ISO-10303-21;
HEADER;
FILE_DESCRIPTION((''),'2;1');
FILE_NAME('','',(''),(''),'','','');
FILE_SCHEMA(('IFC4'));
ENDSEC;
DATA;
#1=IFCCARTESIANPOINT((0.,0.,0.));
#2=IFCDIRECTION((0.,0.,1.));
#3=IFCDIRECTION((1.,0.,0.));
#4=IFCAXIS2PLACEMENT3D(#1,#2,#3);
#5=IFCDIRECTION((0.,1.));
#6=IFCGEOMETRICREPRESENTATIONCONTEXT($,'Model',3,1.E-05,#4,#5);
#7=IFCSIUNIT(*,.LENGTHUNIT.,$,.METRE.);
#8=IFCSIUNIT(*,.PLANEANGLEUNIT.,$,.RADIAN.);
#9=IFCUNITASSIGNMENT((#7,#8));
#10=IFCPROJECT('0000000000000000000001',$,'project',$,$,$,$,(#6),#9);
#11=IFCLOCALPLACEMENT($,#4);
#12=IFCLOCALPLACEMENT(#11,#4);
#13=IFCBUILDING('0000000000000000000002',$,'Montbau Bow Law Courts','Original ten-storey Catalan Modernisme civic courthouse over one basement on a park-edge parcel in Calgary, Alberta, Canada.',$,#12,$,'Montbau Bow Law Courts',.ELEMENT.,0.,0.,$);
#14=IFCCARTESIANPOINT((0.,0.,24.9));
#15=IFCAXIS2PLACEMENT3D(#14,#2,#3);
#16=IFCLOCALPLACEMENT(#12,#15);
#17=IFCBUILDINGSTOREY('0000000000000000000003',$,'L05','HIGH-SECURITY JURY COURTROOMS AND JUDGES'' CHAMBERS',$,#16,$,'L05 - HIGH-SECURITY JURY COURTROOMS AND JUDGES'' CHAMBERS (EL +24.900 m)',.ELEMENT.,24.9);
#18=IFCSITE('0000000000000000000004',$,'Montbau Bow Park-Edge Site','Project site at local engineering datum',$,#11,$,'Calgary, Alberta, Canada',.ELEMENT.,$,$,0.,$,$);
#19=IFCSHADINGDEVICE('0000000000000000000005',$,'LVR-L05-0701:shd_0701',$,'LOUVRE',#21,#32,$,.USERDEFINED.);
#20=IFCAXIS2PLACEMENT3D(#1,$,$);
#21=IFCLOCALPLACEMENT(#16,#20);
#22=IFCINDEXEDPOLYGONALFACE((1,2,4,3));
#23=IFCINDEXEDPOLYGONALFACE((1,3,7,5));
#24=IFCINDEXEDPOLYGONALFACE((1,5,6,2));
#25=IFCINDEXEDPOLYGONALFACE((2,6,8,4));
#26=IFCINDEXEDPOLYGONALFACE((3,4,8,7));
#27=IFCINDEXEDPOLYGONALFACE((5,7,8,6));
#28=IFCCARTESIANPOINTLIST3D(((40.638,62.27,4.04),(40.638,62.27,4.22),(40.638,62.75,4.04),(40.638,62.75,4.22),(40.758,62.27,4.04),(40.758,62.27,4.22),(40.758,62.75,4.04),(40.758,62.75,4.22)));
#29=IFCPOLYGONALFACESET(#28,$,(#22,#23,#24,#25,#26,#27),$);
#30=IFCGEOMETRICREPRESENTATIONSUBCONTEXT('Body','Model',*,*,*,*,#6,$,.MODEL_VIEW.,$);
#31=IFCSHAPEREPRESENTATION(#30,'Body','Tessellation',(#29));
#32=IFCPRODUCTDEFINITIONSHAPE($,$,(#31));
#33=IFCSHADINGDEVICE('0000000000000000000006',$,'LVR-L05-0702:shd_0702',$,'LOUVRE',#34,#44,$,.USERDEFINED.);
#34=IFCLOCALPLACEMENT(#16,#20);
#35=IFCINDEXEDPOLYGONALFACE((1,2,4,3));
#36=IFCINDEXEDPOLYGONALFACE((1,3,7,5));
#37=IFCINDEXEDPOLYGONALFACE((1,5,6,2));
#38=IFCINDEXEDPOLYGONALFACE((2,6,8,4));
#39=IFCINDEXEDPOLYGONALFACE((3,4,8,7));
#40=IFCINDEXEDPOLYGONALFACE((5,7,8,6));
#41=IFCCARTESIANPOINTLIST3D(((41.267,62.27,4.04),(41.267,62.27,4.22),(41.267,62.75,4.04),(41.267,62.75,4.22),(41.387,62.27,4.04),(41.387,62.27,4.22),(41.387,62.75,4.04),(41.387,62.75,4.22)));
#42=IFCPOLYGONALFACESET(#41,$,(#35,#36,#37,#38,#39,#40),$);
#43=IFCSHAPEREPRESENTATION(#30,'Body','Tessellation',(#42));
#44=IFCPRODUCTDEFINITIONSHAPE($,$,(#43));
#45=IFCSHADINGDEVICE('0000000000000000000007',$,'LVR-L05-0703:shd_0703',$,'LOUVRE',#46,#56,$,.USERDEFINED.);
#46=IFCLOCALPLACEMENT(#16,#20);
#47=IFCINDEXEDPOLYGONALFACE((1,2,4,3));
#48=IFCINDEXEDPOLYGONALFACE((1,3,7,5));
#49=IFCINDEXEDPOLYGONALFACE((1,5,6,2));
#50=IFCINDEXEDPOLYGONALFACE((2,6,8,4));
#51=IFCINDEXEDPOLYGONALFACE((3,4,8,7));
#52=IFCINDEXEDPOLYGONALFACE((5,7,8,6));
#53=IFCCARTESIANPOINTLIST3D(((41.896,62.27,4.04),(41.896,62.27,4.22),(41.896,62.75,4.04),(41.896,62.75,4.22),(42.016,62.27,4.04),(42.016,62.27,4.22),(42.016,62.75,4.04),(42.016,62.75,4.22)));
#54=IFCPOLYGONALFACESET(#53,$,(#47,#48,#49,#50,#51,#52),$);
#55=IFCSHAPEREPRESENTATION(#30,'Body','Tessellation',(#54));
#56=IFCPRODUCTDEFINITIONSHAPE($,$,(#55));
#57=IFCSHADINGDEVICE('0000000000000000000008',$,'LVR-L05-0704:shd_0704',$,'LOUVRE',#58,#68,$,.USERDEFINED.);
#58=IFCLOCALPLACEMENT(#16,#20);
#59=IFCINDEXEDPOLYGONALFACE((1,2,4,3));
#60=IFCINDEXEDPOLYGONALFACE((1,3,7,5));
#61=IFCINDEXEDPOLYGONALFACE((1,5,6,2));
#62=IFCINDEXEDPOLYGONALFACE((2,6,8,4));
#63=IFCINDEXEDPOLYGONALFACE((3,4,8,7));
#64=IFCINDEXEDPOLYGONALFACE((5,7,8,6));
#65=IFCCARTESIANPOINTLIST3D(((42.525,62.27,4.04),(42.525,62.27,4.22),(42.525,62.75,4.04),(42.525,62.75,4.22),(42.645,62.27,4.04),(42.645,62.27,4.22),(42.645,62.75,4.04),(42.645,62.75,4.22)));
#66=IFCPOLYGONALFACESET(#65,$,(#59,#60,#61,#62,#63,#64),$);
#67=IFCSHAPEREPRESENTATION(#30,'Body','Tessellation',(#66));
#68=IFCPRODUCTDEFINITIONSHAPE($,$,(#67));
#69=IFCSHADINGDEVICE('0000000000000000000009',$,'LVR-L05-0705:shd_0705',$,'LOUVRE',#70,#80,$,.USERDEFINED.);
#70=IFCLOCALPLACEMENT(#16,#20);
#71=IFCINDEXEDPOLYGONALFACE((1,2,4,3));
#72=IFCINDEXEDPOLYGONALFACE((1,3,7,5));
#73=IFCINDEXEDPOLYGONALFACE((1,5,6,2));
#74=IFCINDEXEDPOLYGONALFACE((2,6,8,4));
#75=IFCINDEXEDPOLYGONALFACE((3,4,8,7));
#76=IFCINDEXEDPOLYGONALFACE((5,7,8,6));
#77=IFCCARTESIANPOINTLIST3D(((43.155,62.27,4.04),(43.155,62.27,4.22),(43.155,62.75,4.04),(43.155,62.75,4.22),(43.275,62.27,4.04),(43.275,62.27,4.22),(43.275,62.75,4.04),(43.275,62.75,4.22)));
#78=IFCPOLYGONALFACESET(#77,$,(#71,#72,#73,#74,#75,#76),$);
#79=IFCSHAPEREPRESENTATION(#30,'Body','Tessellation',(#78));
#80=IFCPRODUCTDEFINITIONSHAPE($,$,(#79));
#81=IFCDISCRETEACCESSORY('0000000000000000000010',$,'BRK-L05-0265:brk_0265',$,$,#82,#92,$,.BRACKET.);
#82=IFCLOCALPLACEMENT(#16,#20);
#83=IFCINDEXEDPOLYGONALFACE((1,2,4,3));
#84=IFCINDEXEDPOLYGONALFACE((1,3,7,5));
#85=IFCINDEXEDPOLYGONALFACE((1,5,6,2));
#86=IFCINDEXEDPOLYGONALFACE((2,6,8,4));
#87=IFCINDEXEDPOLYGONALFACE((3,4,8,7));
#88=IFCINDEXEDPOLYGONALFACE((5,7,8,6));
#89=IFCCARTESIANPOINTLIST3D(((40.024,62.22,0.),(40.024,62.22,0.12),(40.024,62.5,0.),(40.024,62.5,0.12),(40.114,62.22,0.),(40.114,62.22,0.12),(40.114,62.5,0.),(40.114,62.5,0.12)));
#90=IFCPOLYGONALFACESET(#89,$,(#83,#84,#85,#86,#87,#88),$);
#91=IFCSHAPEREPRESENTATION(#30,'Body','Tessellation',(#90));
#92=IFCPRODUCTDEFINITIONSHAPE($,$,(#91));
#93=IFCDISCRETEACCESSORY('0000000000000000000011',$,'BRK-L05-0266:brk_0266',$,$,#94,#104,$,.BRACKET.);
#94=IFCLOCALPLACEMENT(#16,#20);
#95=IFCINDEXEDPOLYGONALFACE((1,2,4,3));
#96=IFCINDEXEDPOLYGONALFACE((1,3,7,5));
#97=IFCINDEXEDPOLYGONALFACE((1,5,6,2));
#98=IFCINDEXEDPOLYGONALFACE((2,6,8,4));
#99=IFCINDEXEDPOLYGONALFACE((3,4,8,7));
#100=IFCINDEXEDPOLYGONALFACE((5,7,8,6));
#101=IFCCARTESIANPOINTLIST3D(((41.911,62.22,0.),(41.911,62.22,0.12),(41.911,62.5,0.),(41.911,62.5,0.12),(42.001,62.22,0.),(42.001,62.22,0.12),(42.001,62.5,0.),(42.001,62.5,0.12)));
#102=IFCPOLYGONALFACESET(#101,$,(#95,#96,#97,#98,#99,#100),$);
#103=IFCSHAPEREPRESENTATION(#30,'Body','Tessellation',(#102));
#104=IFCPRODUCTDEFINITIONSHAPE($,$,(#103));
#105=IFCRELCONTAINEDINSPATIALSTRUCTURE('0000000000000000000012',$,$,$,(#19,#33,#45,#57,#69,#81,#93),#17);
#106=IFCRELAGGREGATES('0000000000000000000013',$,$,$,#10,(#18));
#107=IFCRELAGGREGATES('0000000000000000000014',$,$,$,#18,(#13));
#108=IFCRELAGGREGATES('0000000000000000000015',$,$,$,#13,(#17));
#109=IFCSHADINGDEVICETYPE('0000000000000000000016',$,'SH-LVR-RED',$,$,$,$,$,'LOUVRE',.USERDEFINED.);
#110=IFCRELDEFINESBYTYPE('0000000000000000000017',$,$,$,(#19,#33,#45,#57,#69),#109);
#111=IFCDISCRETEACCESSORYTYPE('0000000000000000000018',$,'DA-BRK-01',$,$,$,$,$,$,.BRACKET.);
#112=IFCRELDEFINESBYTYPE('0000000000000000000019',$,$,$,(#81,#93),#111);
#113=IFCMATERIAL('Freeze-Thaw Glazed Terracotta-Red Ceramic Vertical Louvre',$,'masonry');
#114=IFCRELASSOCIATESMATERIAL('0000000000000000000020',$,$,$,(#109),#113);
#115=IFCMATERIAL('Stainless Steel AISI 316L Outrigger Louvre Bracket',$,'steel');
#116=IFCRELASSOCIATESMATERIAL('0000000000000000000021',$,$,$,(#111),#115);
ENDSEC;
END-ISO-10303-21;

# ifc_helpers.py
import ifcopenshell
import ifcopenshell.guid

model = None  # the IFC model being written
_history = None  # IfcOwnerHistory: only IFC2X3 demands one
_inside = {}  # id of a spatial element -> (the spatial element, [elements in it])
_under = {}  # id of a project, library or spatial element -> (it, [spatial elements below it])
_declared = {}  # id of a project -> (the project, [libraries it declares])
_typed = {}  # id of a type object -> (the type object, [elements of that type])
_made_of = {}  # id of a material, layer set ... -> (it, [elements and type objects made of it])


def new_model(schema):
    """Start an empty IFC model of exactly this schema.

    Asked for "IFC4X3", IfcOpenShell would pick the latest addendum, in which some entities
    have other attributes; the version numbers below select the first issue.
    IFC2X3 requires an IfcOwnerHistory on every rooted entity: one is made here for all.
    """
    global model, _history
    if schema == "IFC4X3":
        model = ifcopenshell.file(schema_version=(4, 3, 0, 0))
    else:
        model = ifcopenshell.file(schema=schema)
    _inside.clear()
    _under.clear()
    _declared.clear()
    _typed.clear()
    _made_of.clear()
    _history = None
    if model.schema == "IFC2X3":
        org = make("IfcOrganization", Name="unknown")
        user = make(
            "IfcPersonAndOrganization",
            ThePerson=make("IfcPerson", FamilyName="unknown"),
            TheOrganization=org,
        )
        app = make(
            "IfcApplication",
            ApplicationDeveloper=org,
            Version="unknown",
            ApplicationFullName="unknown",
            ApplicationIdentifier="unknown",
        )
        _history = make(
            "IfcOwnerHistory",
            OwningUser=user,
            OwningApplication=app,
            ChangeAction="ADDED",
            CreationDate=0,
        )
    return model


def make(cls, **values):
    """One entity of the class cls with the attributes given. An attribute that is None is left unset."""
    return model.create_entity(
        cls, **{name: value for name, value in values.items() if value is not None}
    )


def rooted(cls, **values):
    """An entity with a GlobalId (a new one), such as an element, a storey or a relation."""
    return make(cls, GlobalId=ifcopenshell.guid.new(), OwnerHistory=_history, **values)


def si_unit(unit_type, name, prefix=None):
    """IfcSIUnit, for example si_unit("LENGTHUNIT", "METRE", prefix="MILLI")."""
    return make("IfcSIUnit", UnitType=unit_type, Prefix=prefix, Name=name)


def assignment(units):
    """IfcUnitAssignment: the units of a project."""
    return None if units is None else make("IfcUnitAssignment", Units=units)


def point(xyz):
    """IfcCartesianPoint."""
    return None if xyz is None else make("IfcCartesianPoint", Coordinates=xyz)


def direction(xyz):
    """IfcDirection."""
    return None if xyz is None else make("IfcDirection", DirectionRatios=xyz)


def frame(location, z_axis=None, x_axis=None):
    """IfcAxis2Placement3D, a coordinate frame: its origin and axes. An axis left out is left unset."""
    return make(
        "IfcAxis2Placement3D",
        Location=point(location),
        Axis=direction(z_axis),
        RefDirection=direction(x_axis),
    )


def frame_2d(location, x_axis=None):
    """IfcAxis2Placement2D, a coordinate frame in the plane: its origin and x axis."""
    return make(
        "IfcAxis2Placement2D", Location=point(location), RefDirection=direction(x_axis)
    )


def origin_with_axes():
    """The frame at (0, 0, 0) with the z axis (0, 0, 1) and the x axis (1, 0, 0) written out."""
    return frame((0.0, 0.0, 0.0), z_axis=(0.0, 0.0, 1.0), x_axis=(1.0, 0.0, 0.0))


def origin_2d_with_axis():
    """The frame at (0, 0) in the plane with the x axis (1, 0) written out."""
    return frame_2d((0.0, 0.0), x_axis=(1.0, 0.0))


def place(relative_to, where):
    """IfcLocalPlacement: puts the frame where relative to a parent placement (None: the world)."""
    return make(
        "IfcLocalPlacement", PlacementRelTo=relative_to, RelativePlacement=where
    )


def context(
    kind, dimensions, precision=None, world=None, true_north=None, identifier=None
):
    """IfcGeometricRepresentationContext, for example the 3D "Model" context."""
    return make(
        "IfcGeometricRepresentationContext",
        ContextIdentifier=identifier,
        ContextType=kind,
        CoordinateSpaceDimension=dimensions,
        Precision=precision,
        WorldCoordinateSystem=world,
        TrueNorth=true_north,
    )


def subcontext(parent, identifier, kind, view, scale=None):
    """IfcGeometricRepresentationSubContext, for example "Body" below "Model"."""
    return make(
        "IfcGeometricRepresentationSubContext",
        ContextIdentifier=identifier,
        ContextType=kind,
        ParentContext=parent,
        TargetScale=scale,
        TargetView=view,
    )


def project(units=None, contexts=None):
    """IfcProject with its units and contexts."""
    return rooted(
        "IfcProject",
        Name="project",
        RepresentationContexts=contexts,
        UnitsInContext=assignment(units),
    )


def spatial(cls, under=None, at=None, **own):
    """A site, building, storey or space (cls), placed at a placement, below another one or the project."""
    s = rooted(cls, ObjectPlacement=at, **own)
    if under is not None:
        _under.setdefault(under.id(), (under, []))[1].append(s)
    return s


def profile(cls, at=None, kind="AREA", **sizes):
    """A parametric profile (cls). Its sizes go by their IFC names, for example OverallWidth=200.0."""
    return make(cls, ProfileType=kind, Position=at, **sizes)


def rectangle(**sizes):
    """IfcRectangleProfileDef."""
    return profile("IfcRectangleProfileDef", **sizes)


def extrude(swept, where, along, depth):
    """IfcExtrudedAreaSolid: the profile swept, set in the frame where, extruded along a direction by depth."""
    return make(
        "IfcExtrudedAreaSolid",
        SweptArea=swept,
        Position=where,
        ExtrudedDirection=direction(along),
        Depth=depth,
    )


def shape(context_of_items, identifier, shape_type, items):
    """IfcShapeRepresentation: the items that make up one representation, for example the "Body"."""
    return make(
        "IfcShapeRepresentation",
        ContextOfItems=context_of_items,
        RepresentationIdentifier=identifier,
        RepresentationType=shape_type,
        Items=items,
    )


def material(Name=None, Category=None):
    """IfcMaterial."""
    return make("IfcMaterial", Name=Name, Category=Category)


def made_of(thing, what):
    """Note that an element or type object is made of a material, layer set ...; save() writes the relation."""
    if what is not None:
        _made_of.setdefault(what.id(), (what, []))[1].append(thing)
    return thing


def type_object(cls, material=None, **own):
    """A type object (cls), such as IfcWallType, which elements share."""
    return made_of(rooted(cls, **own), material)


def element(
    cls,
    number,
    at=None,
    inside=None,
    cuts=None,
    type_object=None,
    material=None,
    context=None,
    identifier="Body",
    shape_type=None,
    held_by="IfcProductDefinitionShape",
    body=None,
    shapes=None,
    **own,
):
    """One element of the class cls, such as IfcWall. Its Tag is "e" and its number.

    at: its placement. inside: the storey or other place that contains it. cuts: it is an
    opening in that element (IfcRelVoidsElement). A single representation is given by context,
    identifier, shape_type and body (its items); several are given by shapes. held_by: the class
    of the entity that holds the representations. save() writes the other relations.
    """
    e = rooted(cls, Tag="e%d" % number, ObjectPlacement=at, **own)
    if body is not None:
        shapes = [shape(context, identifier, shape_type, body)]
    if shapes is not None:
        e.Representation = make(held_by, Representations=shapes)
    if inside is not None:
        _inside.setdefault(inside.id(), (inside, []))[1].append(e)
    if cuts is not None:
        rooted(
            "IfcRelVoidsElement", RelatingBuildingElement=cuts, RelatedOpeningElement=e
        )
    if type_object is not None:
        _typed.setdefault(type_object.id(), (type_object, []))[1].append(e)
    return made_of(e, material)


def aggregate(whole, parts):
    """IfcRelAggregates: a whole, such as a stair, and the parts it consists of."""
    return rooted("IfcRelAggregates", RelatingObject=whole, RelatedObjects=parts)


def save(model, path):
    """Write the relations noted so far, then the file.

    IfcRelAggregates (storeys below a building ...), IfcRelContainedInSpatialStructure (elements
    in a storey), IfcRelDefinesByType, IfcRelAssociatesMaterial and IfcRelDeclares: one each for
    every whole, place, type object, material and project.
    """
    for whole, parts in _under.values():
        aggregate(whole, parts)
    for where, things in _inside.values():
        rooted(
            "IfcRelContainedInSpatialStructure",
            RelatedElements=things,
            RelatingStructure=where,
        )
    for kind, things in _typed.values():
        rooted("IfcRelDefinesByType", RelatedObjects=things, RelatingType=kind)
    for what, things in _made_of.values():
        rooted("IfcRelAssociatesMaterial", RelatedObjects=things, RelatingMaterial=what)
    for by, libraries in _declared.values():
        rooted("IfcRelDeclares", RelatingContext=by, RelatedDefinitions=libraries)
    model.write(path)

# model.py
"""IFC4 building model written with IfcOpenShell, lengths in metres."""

from ifc_helpers import new_model, si_unit, direction, frame, origin_with_axes, origin_2d_with_axis, place, context, subcontext, project, spatial, rectangle, extrude, material, type_object, element, save


model = new_model("IFC4")

# Units and contexts
model_context = context("Model", 3, precision=1e-05, world=origin_with_axes(), true_north=direction((0.0, 1.0)))
body_context = subcontext(model_context, "Body", "Model", "MODEL_VIEW")
ifc_project = project(units=[si_unit("LENGTHUNIT", "METRE"), si_unit("PLANEANGLEUNIT", "RADIAN")], contexts=[model_context])

# Site, building, storey
site_placement = place(None, origin_with_axes())
site = spatial("IfcSite", under=ifc_project, at=site_placement, Name="Montbau Bow Park-Edge Site", Description="Project site at local engineering datum", LongName="Calgary, Alberta, Canada", CompositionType="ELEMENT", RefElevation=0.0)
building_placement = place(site_placement, origin_with_axes())
building = spatial("IfcBuilding", under=site, at=building_placement, Name="Montbau Bow Law Courts", Description="Original ten-storey Catalan Modernisme civic courthouse over one basement on a park-edge parcel in Calgary, Alberta, Canada.", LongName="Montbau Bow Law Courts", CompositionType="ELEMENT", ElevationOfRefHeight=0.0, ElevationOfTerrain=0.0)
storey_placement = place(building_placement, frame((0.0, 0.0, 24.9), z_axis=(0.0, 0.0, 1.0), x_axis=(1.0, 0.0, 0.0)))
storey = spatial("IfcBuildingStorey", under=building, at=storey_placement, Name="L05", Description="HIGH-SECURITY JURY COURTROOMS AND JUDGES' CHAMBERS", LongName="L05 - HIGH-SECURITY JURY COURTROOMS AND JUDGES' CHAMBERS (EL +24.900 m)", CompositionType="ELEMENT", Elevation=24.9)

# Shared definitions
ifc_material_1 = material(Name="Freeze-Thaw Glazed Terracotta-Red Ceramic Vertical Louvre", Category="masonry")

# Shading devices
shading_device_type = type_object("IfcShadingDeviceType", Name="SH-LVR-RED", ElementType="LOUVRE", PredefinedType="USERDEFINED", material=ifc_material_1)
for number, where, z_axis, x_axis, name in (
    (1, (40.698, 62.51, 28.94), (0.0, 0.0, 1.0), (0.0, 1.0, 0.0), "LVR-L05-0701:shd_0701"),
    (2, (41.327, 62.51, 28.94), (0.0, 0.0, 1.0), (0.0, 1.0, 0.0), "LVR-L05-0702:shd_0702"),
    (3, (41.956, 62.51, 28.94), (0.0, 0.0, 1.0), (0.0, 1.0, 0.0), "LVR-L05-0703:shd_0703"),
    (4, (42.585, 62.51, 28.94), (0.0, 0.0, 1.0), (0.0, 1.0, 0.0), "LVR-L05-0704:shd_0704"),
    (5, (43.215, 62.51, 28.94), (0.0, 0.0, 1.0), (0.0, 1.0, 0.0), "LVR-L05-0705:shd_0705"),
):
    element("IfcShadingDevice", number, at=place(None, frame(where, z_axis=z_axis, x_axis=x_axis)), inside=storey, type_object=shading_device_type, Name=name, ObjectType="LOUVRE", PredefinedType="USERDEFINED", context=body_context, shape_type="SweptSolid", body=[
        extrude(rectangle(XDim=0.48, YDim=0.12, at=origin_2d_with_axis()), origin_with_axes(), (0.0, 0.0, 1.0), 0.18),
    ])

# Discrete accessories
ifc_material_2 = material(Name="Stainless Steel AISI 316L Outrigger Louvre Bracket", Category="steel")
discrete_accessory_type = type_object("IfcDiscreteAccessoryType", Name="DA-BRK-01", PredefinedType="BRACKET", material=ifc_material_2)
for number, where, z_axis, x_axis, name in (
    (6, (40.069, 62.36, 24.9), (0.0, 0.0, 1.0), (0.0, 1.0, 0.0), "BRK-L05-0265:brk_0265"),
    (7, (41.956, 62.36, 24.9), (0.0, 0.0, 1.0), (0.0, 1.0, 0.0), "BRK-L05-0266:brk_0266"),
):
    element("IfcDiscreteAccessory", number, at=place(None, frame(where, z_axis=z_axis, x_axis=x_axis)), inside=storey, type_object=discrete_accessory_type, Name=name, PredefinedType="BRACKET", context=body_context, shape_type="SweptSolid", body=[
        extrude(rectangle(XDim=0.28, YDim=0.09, at=origin_2d_with_axis()), origin_with_axes(), (0.0, 0.0, 1.0), 0.12),
    ])

save(model, "model.ifc")
